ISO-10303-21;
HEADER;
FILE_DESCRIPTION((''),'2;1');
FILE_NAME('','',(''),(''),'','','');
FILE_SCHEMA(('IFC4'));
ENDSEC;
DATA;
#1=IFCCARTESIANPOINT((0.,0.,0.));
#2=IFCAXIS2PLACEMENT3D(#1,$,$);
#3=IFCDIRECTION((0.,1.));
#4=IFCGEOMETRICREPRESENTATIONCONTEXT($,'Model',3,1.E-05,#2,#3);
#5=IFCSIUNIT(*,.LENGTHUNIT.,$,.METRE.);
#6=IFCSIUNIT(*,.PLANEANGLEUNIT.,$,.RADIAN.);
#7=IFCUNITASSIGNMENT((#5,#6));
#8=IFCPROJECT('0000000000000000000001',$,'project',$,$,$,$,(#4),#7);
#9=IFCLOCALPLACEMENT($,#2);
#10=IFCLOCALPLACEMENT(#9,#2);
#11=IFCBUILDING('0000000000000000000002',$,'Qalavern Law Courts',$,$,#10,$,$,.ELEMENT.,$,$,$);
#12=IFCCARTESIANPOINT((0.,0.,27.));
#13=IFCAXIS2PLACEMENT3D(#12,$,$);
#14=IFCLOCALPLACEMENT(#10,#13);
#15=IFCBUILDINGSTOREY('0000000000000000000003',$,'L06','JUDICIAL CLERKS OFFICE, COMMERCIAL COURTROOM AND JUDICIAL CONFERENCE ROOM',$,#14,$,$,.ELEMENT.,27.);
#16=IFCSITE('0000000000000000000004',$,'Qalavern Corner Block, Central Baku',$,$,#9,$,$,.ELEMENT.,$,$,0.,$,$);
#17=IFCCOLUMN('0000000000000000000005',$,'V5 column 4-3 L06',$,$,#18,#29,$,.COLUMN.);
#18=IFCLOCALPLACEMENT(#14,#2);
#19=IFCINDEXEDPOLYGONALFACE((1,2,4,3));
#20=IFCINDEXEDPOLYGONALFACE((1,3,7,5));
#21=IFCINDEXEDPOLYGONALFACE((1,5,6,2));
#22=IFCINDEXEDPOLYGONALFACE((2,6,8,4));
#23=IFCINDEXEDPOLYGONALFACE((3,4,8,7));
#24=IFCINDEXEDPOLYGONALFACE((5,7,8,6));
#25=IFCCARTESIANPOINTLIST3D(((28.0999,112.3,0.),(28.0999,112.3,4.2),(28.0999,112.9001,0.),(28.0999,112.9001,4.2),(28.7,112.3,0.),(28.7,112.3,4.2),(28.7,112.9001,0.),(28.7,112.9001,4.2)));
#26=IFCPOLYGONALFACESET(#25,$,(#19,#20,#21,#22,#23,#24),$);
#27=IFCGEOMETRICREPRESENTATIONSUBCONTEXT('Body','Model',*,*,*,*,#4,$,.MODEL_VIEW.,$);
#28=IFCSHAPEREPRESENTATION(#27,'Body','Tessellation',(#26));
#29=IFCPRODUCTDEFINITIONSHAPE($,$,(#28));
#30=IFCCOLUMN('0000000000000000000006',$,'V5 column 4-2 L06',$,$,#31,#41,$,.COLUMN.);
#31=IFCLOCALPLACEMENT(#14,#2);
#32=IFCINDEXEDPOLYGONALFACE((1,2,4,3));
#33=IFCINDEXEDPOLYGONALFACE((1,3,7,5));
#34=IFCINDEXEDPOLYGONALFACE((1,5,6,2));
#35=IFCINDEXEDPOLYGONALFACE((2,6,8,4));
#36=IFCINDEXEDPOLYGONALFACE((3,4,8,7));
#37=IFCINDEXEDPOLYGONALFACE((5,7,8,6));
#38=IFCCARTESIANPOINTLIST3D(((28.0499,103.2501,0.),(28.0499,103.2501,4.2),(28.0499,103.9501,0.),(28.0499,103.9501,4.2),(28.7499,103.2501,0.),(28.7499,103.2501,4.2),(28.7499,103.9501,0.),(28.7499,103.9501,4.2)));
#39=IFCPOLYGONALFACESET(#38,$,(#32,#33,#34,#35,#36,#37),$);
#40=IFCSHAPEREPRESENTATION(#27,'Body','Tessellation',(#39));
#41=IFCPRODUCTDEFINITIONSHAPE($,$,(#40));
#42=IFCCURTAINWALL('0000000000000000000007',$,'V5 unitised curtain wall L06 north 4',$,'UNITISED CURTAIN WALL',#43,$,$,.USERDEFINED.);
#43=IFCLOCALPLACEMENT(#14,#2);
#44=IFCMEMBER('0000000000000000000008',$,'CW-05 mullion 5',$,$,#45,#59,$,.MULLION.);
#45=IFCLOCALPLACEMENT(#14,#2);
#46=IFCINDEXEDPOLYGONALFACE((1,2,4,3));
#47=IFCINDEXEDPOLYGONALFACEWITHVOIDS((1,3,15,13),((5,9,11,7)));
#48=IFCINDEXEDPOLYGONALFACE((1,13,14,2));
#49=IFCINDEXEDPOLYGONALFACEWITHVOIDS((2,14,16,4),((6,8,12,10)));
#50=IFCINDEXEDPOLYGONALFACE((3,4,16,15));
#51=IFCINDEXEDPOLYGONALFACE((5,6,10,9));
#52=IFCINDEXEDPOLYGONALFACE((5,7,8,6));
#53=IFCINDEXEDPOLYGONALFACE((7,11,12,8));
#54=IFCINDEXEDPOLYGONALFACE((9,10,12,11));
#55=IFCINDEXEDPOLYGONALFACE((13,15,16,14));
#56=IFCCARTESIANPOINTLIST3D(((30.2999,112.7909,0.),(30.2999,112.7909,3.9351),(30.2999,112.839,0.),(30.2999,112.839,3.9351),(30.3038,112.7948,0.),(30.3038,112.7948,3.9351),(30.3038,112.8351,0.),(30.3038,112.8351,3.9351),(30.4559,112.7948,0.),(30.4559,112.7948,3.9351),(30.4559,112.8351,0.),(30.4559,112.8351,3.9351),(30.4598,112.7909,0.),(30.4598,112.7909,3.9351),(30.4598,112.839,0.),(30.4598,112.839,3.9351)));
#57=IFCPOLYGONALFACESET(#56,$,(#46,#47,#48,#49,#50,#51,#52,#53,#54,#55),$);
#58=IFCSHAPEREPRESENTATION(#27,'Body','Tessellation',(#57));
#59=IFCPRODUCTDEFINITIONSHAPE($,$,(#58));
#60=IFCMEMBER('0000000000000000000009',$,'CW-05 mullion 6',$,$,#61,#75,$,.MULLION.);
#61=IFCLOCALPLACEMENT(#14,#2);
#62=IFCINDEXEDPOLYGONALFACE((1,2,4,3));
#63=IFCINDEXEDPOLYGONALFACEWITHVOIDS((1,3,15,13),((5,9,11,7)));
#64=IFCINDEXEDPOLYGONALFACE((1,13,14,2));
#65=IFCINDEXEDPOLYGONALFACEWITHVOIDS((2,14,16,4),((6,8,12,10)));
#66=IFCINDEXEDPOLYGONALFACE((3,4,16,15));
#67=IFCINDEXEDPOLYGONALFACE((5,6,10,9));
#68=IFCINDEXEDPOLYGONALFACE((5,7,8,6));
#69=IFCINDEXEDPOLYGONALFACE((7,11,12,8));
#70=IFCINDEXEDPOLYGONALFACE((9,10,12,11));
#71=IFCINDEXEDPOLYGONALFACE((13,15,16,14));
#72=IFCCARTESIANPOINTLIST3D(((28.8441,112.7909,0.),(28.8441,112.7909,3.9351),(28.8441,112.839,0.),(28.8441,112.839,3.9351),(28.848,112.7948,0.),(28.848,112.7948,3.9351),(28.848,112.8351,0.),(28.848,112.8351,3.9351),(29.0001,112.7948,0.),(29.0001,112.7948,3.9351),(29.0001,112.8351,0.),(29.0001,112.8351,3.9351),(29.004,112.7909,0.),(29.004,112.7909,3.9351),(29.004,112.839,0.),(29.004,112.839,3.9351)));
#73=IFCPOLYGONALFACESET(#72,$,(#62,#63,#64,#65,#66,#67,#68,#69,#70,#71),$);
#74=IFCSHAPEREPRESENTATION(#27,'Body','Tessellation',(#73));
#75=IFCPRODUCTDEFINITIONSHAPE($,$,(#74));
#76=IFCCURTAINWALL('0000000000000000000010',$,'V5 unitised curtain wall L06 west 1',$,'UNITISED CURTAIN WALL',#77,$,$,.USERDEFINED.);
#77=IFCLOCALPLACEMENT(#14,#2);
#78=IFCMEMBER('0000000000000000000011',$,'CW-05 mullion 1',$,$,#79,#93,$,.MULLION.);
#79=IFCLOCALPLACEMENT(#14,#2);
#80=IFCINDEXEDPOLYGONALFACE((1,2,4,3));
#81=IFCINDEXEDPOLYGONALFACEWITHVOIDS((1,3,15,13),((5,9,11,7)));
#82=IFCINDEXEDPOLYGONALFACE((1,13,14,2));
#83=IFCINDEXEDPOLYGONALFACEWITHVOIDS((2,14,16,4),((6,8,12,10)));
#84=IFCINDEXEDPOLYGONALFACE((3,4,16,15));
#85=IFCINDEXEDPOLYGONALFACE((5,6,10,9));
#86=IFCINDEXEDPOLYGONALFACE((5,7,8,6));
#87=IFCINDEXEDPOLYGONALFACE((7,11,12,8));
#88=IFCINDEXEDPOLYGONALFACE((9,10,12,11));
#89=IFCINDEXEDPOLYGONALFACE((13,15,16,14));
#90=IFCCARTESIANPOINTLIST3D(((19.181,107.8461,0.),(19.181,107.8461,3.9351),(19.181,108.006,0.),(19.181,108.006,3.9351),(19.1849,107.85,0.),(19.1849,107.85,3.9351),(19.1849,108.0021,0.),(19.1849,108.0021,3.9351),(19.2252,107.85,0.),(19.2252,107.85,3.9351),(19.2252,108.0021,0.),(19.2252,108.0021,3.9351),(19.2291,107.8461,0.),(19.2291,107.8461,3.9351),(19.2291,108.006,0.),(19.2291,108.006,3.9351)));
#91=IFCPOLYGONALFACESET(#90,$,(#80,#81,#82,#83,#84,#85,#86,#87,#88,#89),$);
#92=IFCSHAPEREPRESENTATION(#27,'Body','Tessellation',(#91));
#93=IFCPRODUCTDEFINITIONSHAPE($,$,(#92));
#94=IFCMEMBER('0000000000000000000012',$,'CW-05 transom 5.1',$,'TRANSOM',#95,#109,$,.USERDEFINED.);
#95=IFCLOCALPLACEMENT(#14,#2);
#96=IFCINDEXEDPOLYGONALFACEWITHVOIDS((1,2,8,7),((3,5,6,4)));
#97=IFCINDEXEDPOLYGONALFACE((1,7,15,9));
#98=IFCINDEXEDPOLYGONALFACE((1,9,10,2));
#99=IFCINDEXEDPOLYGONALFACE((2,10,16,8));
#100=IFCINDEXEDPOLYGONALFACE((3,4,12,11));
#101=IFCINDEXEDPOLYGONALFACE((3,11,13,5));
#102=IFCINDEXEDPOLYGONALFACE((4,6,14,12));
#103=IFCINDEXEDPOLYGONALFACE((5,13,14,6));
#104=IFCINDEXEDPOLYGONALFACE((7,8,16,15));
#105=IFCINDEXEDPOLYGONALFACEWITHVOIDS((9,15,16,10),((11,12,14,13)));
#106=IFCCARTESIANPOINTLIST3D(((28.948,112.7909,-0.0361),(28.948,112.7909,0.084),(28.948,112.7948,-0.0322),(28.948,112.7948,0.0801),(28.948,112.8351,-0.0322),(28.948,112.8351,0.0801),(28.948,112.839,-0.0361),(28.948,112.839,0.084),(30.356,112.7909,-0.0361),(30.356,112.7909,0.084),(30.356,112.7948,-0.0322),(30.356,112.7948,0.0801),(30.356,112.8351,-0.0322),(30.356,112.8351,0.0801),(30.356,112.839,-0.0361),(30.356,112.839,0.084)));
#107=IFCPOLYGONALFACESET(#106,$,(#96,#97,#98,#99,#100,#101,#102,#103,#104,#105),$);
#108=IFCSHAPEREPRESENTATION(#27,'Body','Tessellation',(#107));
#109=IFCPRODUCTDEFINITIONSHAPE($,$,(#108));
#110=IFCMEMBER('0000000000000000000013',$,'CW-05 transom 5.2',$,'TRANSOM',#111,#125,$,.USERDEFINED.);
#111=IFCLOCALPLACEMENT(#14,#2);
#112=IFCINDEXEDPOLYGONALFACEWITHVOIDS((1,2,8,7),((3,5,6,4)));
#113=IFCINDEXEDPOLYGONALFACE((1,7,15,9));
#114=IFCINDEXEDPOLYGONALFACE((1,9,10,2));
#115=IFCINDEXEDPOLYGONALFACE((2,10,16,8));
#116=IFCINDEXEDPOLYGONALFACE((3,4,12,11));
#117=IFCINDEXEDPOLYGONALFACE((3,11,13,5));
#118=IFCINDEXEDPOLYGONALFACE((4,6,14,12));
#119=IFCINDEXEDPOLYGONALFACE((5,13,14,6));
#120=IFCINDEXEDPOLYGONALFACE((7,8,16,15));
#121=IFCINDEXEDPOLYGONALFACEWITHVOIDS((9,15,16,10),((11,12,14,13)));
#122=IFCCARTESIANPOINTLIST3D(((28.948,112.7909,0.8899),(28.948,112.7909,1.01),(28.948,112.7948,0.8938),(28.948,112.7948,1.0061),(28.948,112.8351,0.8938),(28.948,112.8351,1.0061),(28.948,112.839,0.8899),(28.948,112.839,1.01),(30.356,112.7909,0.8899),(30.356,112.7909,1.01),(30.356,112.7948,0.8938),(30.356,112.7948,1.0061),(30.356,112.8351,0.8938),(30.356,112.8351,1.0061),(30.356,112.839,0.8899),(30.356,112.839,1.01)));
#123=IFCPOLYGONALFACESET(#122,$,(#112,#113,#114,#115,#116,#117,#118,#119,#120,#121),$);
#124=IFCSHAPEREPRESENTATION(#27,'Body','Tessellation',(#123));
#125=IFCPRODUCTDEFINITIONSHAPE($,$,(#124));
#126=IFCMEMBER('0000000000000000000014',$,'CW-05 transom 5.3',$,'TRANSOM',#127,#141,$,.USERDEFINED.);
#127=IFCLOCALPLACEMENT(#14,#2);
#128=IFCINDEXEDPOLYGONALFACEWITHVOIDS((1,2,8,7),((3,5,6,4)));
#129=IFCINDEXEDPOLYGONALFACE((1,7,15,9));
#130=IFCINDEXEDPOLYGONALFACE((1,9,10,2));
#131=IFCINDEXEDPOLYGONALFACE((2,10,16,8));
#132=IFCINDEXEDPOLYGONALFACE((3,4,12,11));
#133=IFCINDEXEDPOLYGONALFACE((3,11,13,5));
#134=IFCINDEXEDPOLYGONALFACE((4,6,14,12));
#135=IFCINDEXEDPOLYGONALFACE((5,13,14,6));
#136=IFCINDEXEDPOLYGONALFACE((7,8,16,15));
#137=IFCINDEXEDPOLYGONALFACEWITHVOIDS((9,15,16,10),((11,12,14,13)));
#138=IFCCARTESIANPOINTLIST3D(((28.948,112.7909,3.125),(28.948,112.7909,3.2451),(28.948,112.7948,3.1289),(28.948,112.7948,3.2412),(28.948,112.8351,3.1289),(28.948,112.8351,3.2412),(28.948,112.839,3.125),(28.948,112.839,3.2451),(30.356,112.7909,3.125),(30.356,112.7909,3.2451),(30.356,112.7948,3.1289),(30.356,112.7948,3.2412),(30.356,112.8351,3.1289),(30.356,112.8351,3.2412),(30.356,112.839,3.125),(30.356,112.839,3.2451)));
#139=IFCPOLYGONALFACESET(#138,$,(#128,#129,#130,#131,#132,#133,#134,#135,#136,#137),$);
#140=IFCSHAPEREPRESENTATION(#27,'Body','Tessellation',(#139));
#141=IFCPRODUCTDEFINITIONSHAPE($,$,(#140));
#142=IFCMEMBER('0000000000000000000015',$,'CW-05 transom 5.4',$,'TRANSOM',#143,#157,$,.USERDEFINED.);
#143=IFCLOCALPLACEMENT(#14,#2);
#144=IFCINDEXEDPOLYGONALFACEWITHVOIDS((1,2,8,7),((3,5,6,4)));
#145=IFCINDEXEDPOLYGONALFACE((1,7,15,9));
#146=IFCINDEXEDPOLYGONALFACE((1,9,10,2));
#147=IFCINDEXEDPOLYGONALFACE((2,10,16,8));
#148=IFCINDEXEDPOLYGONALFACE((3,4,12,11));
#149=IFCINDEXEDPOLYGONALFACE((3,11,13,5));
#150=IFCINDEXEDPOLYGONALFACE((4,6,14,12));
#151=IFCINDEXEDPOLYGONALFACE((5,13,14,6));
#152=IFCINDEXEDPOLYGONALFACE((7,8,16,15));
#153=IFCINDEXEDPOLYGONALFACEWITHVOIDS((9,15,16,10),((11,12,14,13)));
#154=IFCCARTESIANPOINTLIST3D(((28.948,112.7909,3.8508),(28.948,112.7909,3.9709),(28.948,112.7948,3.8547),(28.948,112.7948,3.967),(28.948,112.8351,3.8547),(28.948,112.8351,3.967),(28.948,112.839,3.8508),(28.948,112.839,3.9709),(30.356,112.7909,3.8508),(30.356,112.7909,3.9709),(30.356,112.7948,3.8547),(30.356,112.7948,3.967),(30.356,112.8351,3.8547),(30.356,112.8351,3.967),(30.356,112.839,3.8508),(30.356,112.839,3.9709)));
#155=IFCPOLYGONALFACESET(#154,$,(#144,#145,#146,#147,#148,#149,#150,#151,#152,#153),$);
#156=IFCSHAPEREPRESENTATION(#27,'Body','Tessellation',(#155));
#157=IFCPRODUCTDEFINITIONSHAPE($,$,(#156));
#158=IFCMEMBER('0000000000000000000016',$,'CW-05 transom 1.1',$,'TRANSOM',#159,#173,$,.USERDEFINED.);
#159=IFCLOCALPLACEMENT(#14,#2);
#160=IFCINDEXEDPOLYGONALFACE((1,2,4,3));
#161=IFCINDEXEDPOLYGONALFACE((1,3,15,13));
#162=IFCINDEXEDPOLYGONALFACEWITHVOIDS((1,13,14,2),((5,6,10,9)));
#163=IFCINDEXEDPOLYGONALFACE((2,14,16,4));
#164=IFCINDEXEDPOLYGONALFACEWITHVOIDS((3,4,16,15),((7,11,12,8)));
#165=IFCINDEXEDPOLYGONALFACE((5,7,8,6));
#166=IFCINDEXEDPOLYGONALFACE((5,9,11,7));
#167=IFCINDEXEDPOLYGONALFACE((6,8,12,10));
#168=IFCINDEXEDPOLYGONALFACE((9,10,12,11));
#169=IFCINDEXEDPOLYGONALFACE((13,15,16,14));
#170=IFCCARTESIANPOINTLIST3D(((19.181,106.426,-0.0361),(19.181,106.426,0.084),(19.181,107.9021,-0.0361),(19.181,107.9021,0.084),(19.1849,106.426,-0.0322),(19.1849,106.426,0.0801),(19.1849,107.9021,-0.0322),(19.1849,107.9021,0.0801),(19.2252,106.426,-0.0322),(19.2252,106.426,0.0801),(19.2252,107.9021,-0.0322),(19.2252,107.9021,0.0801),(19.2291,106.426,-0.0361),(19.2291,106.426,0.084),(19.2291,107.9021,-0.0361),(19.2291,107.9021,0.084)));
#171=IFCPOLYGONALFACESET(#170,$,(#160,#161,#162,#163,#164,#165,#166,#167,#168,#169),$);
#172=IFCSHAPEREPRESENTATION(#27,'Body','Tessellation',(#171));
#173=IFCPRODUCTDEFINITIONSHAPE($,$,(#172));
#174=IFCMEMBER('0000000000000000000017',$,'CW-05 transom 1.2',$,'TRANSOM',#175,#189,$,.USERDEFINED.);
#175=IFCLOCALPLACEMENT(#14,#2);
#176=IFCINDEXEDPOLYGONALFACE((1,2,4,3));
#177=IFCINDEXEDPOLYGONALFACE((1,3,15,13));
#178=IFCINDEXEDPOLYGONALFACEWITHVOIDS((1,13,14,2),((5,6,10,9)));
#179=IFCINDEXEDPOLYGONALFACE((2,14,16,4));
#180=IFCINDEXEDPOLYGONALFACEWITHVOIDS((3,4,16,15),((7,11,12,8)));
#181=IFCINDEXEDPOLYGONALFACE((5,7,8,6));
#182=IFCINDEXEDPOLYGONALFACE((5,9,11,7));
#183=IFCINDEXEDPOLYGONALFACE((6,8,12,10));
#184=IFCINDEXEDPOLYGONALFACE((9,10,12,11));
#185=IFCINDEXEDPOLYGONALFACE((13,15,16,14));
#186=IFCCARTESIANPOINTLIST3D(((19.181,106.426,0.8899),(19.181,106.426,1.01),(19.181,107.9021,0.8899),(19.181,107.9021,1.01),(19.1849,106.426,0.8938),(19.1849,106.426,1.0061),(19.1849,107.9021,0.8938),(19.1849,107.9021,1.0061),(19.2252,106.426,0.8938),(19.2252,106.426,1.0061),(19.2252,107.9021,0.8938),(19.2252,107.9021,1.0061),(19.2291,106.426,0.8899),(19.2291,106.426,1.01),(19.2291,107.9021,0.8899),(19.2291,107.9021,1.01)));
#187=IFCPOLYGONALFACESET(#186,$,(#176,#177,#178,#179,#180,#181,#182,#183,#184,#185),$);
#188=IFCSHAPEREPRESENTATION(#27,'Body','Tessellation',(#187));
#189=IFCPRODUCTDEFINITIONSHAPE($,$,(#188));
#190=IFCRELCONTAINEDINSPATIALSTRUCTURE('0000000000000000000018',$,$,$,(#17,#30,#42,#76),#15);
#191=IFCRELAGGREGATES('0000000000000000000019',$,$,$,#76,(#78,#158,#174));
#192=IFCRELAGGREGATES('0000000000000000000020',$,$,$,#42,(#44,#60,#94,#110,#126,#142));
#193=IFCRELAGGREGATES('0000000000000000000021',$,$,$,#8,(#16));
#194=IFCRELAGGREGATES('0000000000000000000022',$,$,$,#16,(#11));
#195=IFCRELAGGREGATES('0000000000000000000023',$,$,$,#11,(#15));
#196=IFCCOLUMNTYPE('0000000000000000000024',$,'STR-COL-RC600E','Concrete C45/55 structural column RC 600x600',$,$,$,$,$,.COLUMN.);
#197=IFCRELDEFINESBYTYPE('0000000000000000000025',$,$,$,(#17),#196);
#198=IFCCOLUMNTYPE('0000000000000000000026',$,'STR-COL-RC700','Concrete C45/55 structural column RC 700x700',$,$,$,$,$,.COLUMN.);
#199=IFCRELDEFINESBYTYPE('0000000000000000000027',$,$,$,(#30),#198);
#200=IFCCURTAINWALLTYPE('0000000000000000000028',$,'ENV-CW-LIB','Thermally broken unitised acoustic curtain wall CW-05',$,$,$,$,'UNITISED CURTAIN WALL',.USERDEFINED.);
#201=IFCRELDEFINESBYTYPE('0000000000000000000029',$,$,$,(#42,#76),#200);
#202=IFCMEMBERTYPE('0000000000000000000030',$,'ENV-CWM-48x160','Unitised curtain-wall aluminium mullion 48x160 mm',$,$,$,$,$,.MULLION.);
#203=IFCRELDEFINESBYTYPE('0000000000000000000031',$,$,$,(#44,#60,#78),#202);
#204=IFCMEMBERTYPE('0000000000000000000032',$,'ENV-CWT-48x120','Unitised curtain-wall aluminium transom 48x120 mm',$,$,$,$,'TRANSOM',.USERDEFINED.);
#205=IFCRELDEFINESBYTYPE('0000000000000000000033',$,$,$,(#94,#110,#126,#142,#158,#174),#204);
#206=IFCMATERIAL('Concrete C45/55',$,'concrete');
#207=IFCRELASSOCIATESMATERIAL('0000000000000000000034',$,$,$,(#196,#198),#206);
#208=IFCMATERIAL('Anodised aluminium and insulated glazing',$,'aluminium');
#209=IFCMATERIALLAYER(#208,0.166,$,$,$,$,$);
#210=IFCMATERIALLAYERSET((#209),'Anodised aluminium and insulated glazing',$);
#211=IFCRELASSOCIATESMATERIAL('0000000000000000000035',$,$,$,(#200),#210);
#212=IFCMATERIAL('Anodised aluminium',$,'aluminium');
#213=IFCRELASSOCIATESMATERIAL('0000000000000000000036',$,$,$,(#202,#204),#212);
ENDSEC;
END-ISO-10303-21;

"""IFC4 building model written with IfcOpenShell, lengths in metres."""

from ifc_helpers import new_model, si_unit, direction, frame, origin, origin_2d, place, context, subcontext, project, spatial, rectangle, hollow_rectangle, extrude, material, layer, layer_set, material_profile, profile_set, type_object, element, aggregate, save


model = new_model("IFC4")

# Units and contexts
model_context = context("Model", 3, precision=1e-05, world=origin(), true_north=direction((0.0, 1.0)))
body_context = subcontext(model_context, "Body", "Model", "MODEL_VIEW")
ifc_project = project(units=[si_unit("LENGTHUNIT", "METRE"), si_unit("PLANEANGLEUNIT", "RADIAN")], contexts=[model_context])

# Site, building, storey
site_placement = place(None, origin())
site = spatial("IfcSite", under=ifc_project, at=site_placement, Name="Qalavern Corner Block, Central Baku", CompositionType="ELEMENT", RefElevation=0.0)
building_placement = place(site_placement, origin())
building = spatial("IfcBuilding", under=site, at=building_placement, Name="Qalavern Law Courts", CompositionType="ELEMENT")
storey_placement = place(building_placement, frame((0.0, 0.0, 27.0)))
storey = spatial("IfcBuildingStorey", under=building, at=storey_placement, Name="L06", Description="JUDICIAL CLERKS OFFICE, COMMERCIAL COURTROOM AND JUDICIAL CONFERENCE ROOM", CompositionType="ELEMENT", Elevation=27.0)

# Columns
ifc_material_1 = material(Name="Concrete C45/55", Category="concrete")
ifc_material_profile_1 = material_profile(ifc_material_1, rectangle(XDim=0.6001, YDim=0.6001, at=origin_2d()), Name="RC 600x600")
ifc_profile_set_1 = profile_set([ifc_material_profile_1], Name="Concrete C45/55")
column_type_1 = type_object("IfcColumnType", Name="STR-COL-RC600E", Description="Concrete C45/55 structural column RC 600x600", PredefinedType="COLUMN", material=ifc_profile_set_1)
column_1_placement = place(storey_placement, frame((28.3999, 112.6001, 0.0), z_axis=(0.0, 0.0, 1.0), x_axis=(1.0, 0.0, 0.0)))
element("IfcColumn", 1, at=column_1_placement, inside=storey, type_object=column_type_1, Name="V5 column 4-3 L06", PredefinedType="COLUMN", context=body_context, shape_type="SweptSolid", body=[
    extrude(rectangle(XDim=0.6001, YDim=0.6001, at=origin_2d()), origin(), (0.0, 0.0, 1.0), 4.2),
])
ifc_material_profile_2 = material_profile(ifc_material_1, rectangle(XDim=0.7, YDim=0.7, at=origin_2d()), Name="RC 700x700")
ifc_profile_set_2 = profile_set([ifc_material_profile_2], Name="Concrete C45/55")
column_type_2 = type_object("IfcColumnType", Name="STR-COL-RC700", Description="Concrete C45/55 structural column RC 700x700", PredefinedType="COLUMN", material=ifc_profile_set_2)
column_2_placement = place(storey_placement, frame((28.3999, 103.6001, 0.0), z_axis=(0.0, 0.0, 1.0), x_axis=(1.0, 0.0, 0.0)))
element("IfcColumn", 2, at=column_2_placement, inside=storey, type_object=column_type_2, Name="V5 column 4-2 L06", PredefinedType="COLUMN", context=body_context, shape_type="SweptSolid", body=[
    extrude(rectangle(XDim=0.7, YDim=0.7, at=origin_2d()), origin(), (0.0, 0.0, 1.0), 4.2),
])

# Curtain wall, members
ifc_material_2 = material(Name="Anodised aluminium and insulated glazing", Category="aluminium")
ifc_layer_1 = layer(ifc_material_2, 0.166)
ifc_layer_set_1 = layer_set([ifc_layer_1], Name="Anodised aluminium and insulated glazing")
curtain_wall_type = type_object("IfcCurtainWallType", Name="ENV-CW-LIB", Description="Thermally broken unitised acoustic curtain wall CW-05", ElementType="UNITISED CURTAIN WALL", PredefinedType="USERDEFINED", material=ifc_layer_set_1)
curtain_wall_1_placement = place(storey_placement, origin())
curtain_wall_1 = element("IfcCurtainWall", 3, at=curtain_wall_1_placement, inside=storey, type_object=curtain_wall_type, Name="V5 unitised curtain wall L06 north 4", ObjectType="UNITISED CURTAIN WALL", PredefinedType="USERDEFINED")
ifc_material_3 = material(Name="Anodised aluminium", Category="aluminium")
ifc_material_profile_3 = material_profile(ifc_material_3, hollow_rectangle(XDim=0.0481, YDim=0.1599, WallThickness=0.0039, at=origin_2d()), Name="ALU MULLION 48x160")
ifc_profile_set_3 = profile_set([ifc_material_profile_3], Name="Anodised aluminium")
member_type_1 = type_object("IfcMemberType", Name="ENV-CWM-48x160", Description="Unitised curtain-wall aluminium mullion 48x160 mm", PredefinedType="MULLION", material=ifc_profile_set_3)
member_1_placement = place(storey_placement, frame((30.3799, 112.8149, 0.0), z_axis=(0.0, 0.0, 1.0), x_axis=(0.0, -1.0, 0.0)))
member_1 = element("IfcMember", 4, at=member_1_placement, type_object=member_type_1, Name="CW-05 mullion 5", PredefinedType="MULLION", context=body_context, shape_type="SweptSolid", body=[
    extrude(hollow_rectangle(XDim=0.0481, YDim=0.1599, WallThickness=0.0039, at=origin_2d()), origin(), (0.0, 0.0, 1.0), 3.9351),
])
member_2_placement = place(storey_placement, frame((28.9241, 112.8149, 0.0), z_axis=(0.0, 0.0, 1.0), x_axis=(0.0, -1.0, 0.0)))
member_2 = element("IfcMember", 5, at=member_2_placement, type_object=member_type_1, Name="CW-05 mullion 6", PredefinedType="MULLION", context=body_context, shape_type="SweptSolid", body=[
    extrude(hollow_rectangle(XDim=0.0481, YDim=0.1599, WallThickness=0.0039, at=origin_2d()), origin(), (0.0, 0.0, 1.0), 3.9351),
])

# Curtain wall, member
curtain_wall_2_placement = place(storey_placement, origin())
curtain_wall_2 = element("IfcCurtainWall", 6, at=curtain_wall_2_placement, inside=storey, type_object=curtain_wall_type, Name="V5 unitised curtain wall L06 west 1", ObjectType="UNITISED CURTAIN WALL", PredefinedType="USERDEFINED")
member_3_placement = place(storey_placement, frame((19.2051, 107.926, 0.0), z_axis=(0.0, 0.0, 1.0), x_axis=(1.0, 0.0, 0.0)))
member_3 = element("IfcMember", 7, at=member_3_placement, type_object=member_type_1, Name="CW-05 mullion 1", PredefinedType="MULLION", context=body_context, shape_type="SweptSolid", body=[
    extrude(hollow_rectangle(XDim=0.0481, YDim=0.1599, WallThickness=0.0039, at=origin_2d()), origin(), (0.0, 0.0, 1.0), 3.9351),
])

# Members
ifc_material_profile_4 = material_profile(ifc_material_3, hollow_rectangle(XDim=0.0481, YDim=0.1201, WallThickness=0.0039, at=origin_2d()), Name="ALU TRANSOM 48x120")
ifc_profile_set_4 = profile_set([ifc_material_profile_4], Name="Anodised aluminium")
member_type_2 = type_object("IfcMemberType", Name="ENV-CWT-48x120", Description="Unitised curtain-wall aluminium transom 48x120 mm", ElementType="TRANSOM", PredefinedType="USERDEFINED", material=ifc_profile_set_4)
member_4_placement = place(storey_placement, frame((30.356, 112.8149, 0.0239), z_axis=(-1.0, 0.0, 0.0), x_axis=(0.0, -1.0, 0.0)))
member_4 = element("IfcMember", 8, at=member_4_placement, type_object=member_type_2, Name="CW-05 transom 5.1", ObjectType="TRANSOM", PredefinedType="USERDEFINED", context=body_context, shape_type="SweptSolid", body=[
    extrude(hollow_rectangle(XDim=0.0481, YDim=0.1201, WallThickness=0.0039, at=origin_2d()), origin(), (0.0, 0.0, 1.0), 1.408),
])
member_5_placement = place(storey_placement, frame((30.356, 112.8149, 0.95), z_axis=(-1.0, 0.0, 0.0), x_axis=(0.0, -1.0, 0.0)))
member_5 = element("IfcMember", 9, at=member_5_placement, type_object=member_type_2, Name="CW-05 transom 5.2", ObjectType="TRANSOM", PredefinedType="USERDEFINED", context=body_context, shape_type="SweptSolid", body=[
    extrude(hollow_rectangle(XDim=0.0481, YDim=0.1201, WallThickness=0.0039, at=origin_2d()), origin(), (0.0, 0.0, 1.0), 1.408),
])
member_6_placement = place(storey_placement, frame((30.356, 112.8149, 3.1851), z_axis=(-1.0, 0.0, 0.0), x_axis=(0.0, -1.0, 0.0)))
member_6 = element("IfcMember", 10, at=member_6_placement, type_object=member_type_2, Name="CW-05 transom 5.3", ObjectType="TRANSOM", PredefinedType="USERDEFINED", context=body_context, shape_type="SweptSolid", body=[
    extrude(hollow_rectangle(XDim=0.0481, YDim=0.1201, WallThickness=0.0039, at=origin_2d()), origin(), (0.0, 0.0, 1.0), 1.408),
])
member_7_placement = place(storey_placement, frame((30.356, 112.8149, 3.9109), z_axis=(-1.0, 0.0, 0.0), x_axis=(0.0, -1.0, 0.0)))
member_7 = element("IfcMember", 11, at=member_7_placement, type_object=member_type_2, Name="CW-05 transom 5.4", ObjectType="TRANSOM", PredefinedType="USERDEFINED", context=body_context, shape_type="SweptSolid", body=[
    extrude(hollow_rectangle(XDim=0.0481, YDim=0.1201, WallThickness=0.0039, at=origin_2d()), origin(), (0.0, 0.0, 1.0), 1.408),
])
member_8_placement = place(storey_placement, frame((19.2051, 107.9021, 0.0239), z_axis=(0.0, -1.0, 0.0), x_axis=(1.0, 0.0, 0.0)))
member_8 = element("IfcMember", 12, at=member_8_placement, type_object=member_type_2, Name="CW-05 transom 1.1", ObjectType="TRANSOM", PredefinedType="USERDEFINED", context=body_context, shape_type="SweptSolid", body=[
    extrude(hollow_rectangle(XDim=0.0481, YDim=0.1201, WallThickness=0.0039, at=origin_2d()), origin(), (0.0, 0.0, 1.0), 1.4761),
])
member_9_placement = place(storey_placement, frame((19.2051, 107.9021, 0.95), z_axis=(0.0, -1.0, 0.0), x_axis=(1.0, 0.0, 0.0)))
member_9 = element("IfcMember", 13, at=member_9_placement, type_object=member_type_2, Name="CW-05 transom 1.2", ObjectType="TRANSOM", PredefinedType="USERDEFINED", context=body_context, shape_type="SweptSolid", body=[
    extrude(hollow_rectangle(XDim=0.0481, YDim=0.1201, WallThickness=0.0039, at=origin_2d()), origin(), (0.0, 0.0, 1.0), 1.4761),
])

aggregate(curtain_wall_2, [member_3, member_8, member_9])
aggregate(curtain_wall_1, [member_1, member_2, member_4, member_5, member_6, member_7])

save(model, "model.ifc")
